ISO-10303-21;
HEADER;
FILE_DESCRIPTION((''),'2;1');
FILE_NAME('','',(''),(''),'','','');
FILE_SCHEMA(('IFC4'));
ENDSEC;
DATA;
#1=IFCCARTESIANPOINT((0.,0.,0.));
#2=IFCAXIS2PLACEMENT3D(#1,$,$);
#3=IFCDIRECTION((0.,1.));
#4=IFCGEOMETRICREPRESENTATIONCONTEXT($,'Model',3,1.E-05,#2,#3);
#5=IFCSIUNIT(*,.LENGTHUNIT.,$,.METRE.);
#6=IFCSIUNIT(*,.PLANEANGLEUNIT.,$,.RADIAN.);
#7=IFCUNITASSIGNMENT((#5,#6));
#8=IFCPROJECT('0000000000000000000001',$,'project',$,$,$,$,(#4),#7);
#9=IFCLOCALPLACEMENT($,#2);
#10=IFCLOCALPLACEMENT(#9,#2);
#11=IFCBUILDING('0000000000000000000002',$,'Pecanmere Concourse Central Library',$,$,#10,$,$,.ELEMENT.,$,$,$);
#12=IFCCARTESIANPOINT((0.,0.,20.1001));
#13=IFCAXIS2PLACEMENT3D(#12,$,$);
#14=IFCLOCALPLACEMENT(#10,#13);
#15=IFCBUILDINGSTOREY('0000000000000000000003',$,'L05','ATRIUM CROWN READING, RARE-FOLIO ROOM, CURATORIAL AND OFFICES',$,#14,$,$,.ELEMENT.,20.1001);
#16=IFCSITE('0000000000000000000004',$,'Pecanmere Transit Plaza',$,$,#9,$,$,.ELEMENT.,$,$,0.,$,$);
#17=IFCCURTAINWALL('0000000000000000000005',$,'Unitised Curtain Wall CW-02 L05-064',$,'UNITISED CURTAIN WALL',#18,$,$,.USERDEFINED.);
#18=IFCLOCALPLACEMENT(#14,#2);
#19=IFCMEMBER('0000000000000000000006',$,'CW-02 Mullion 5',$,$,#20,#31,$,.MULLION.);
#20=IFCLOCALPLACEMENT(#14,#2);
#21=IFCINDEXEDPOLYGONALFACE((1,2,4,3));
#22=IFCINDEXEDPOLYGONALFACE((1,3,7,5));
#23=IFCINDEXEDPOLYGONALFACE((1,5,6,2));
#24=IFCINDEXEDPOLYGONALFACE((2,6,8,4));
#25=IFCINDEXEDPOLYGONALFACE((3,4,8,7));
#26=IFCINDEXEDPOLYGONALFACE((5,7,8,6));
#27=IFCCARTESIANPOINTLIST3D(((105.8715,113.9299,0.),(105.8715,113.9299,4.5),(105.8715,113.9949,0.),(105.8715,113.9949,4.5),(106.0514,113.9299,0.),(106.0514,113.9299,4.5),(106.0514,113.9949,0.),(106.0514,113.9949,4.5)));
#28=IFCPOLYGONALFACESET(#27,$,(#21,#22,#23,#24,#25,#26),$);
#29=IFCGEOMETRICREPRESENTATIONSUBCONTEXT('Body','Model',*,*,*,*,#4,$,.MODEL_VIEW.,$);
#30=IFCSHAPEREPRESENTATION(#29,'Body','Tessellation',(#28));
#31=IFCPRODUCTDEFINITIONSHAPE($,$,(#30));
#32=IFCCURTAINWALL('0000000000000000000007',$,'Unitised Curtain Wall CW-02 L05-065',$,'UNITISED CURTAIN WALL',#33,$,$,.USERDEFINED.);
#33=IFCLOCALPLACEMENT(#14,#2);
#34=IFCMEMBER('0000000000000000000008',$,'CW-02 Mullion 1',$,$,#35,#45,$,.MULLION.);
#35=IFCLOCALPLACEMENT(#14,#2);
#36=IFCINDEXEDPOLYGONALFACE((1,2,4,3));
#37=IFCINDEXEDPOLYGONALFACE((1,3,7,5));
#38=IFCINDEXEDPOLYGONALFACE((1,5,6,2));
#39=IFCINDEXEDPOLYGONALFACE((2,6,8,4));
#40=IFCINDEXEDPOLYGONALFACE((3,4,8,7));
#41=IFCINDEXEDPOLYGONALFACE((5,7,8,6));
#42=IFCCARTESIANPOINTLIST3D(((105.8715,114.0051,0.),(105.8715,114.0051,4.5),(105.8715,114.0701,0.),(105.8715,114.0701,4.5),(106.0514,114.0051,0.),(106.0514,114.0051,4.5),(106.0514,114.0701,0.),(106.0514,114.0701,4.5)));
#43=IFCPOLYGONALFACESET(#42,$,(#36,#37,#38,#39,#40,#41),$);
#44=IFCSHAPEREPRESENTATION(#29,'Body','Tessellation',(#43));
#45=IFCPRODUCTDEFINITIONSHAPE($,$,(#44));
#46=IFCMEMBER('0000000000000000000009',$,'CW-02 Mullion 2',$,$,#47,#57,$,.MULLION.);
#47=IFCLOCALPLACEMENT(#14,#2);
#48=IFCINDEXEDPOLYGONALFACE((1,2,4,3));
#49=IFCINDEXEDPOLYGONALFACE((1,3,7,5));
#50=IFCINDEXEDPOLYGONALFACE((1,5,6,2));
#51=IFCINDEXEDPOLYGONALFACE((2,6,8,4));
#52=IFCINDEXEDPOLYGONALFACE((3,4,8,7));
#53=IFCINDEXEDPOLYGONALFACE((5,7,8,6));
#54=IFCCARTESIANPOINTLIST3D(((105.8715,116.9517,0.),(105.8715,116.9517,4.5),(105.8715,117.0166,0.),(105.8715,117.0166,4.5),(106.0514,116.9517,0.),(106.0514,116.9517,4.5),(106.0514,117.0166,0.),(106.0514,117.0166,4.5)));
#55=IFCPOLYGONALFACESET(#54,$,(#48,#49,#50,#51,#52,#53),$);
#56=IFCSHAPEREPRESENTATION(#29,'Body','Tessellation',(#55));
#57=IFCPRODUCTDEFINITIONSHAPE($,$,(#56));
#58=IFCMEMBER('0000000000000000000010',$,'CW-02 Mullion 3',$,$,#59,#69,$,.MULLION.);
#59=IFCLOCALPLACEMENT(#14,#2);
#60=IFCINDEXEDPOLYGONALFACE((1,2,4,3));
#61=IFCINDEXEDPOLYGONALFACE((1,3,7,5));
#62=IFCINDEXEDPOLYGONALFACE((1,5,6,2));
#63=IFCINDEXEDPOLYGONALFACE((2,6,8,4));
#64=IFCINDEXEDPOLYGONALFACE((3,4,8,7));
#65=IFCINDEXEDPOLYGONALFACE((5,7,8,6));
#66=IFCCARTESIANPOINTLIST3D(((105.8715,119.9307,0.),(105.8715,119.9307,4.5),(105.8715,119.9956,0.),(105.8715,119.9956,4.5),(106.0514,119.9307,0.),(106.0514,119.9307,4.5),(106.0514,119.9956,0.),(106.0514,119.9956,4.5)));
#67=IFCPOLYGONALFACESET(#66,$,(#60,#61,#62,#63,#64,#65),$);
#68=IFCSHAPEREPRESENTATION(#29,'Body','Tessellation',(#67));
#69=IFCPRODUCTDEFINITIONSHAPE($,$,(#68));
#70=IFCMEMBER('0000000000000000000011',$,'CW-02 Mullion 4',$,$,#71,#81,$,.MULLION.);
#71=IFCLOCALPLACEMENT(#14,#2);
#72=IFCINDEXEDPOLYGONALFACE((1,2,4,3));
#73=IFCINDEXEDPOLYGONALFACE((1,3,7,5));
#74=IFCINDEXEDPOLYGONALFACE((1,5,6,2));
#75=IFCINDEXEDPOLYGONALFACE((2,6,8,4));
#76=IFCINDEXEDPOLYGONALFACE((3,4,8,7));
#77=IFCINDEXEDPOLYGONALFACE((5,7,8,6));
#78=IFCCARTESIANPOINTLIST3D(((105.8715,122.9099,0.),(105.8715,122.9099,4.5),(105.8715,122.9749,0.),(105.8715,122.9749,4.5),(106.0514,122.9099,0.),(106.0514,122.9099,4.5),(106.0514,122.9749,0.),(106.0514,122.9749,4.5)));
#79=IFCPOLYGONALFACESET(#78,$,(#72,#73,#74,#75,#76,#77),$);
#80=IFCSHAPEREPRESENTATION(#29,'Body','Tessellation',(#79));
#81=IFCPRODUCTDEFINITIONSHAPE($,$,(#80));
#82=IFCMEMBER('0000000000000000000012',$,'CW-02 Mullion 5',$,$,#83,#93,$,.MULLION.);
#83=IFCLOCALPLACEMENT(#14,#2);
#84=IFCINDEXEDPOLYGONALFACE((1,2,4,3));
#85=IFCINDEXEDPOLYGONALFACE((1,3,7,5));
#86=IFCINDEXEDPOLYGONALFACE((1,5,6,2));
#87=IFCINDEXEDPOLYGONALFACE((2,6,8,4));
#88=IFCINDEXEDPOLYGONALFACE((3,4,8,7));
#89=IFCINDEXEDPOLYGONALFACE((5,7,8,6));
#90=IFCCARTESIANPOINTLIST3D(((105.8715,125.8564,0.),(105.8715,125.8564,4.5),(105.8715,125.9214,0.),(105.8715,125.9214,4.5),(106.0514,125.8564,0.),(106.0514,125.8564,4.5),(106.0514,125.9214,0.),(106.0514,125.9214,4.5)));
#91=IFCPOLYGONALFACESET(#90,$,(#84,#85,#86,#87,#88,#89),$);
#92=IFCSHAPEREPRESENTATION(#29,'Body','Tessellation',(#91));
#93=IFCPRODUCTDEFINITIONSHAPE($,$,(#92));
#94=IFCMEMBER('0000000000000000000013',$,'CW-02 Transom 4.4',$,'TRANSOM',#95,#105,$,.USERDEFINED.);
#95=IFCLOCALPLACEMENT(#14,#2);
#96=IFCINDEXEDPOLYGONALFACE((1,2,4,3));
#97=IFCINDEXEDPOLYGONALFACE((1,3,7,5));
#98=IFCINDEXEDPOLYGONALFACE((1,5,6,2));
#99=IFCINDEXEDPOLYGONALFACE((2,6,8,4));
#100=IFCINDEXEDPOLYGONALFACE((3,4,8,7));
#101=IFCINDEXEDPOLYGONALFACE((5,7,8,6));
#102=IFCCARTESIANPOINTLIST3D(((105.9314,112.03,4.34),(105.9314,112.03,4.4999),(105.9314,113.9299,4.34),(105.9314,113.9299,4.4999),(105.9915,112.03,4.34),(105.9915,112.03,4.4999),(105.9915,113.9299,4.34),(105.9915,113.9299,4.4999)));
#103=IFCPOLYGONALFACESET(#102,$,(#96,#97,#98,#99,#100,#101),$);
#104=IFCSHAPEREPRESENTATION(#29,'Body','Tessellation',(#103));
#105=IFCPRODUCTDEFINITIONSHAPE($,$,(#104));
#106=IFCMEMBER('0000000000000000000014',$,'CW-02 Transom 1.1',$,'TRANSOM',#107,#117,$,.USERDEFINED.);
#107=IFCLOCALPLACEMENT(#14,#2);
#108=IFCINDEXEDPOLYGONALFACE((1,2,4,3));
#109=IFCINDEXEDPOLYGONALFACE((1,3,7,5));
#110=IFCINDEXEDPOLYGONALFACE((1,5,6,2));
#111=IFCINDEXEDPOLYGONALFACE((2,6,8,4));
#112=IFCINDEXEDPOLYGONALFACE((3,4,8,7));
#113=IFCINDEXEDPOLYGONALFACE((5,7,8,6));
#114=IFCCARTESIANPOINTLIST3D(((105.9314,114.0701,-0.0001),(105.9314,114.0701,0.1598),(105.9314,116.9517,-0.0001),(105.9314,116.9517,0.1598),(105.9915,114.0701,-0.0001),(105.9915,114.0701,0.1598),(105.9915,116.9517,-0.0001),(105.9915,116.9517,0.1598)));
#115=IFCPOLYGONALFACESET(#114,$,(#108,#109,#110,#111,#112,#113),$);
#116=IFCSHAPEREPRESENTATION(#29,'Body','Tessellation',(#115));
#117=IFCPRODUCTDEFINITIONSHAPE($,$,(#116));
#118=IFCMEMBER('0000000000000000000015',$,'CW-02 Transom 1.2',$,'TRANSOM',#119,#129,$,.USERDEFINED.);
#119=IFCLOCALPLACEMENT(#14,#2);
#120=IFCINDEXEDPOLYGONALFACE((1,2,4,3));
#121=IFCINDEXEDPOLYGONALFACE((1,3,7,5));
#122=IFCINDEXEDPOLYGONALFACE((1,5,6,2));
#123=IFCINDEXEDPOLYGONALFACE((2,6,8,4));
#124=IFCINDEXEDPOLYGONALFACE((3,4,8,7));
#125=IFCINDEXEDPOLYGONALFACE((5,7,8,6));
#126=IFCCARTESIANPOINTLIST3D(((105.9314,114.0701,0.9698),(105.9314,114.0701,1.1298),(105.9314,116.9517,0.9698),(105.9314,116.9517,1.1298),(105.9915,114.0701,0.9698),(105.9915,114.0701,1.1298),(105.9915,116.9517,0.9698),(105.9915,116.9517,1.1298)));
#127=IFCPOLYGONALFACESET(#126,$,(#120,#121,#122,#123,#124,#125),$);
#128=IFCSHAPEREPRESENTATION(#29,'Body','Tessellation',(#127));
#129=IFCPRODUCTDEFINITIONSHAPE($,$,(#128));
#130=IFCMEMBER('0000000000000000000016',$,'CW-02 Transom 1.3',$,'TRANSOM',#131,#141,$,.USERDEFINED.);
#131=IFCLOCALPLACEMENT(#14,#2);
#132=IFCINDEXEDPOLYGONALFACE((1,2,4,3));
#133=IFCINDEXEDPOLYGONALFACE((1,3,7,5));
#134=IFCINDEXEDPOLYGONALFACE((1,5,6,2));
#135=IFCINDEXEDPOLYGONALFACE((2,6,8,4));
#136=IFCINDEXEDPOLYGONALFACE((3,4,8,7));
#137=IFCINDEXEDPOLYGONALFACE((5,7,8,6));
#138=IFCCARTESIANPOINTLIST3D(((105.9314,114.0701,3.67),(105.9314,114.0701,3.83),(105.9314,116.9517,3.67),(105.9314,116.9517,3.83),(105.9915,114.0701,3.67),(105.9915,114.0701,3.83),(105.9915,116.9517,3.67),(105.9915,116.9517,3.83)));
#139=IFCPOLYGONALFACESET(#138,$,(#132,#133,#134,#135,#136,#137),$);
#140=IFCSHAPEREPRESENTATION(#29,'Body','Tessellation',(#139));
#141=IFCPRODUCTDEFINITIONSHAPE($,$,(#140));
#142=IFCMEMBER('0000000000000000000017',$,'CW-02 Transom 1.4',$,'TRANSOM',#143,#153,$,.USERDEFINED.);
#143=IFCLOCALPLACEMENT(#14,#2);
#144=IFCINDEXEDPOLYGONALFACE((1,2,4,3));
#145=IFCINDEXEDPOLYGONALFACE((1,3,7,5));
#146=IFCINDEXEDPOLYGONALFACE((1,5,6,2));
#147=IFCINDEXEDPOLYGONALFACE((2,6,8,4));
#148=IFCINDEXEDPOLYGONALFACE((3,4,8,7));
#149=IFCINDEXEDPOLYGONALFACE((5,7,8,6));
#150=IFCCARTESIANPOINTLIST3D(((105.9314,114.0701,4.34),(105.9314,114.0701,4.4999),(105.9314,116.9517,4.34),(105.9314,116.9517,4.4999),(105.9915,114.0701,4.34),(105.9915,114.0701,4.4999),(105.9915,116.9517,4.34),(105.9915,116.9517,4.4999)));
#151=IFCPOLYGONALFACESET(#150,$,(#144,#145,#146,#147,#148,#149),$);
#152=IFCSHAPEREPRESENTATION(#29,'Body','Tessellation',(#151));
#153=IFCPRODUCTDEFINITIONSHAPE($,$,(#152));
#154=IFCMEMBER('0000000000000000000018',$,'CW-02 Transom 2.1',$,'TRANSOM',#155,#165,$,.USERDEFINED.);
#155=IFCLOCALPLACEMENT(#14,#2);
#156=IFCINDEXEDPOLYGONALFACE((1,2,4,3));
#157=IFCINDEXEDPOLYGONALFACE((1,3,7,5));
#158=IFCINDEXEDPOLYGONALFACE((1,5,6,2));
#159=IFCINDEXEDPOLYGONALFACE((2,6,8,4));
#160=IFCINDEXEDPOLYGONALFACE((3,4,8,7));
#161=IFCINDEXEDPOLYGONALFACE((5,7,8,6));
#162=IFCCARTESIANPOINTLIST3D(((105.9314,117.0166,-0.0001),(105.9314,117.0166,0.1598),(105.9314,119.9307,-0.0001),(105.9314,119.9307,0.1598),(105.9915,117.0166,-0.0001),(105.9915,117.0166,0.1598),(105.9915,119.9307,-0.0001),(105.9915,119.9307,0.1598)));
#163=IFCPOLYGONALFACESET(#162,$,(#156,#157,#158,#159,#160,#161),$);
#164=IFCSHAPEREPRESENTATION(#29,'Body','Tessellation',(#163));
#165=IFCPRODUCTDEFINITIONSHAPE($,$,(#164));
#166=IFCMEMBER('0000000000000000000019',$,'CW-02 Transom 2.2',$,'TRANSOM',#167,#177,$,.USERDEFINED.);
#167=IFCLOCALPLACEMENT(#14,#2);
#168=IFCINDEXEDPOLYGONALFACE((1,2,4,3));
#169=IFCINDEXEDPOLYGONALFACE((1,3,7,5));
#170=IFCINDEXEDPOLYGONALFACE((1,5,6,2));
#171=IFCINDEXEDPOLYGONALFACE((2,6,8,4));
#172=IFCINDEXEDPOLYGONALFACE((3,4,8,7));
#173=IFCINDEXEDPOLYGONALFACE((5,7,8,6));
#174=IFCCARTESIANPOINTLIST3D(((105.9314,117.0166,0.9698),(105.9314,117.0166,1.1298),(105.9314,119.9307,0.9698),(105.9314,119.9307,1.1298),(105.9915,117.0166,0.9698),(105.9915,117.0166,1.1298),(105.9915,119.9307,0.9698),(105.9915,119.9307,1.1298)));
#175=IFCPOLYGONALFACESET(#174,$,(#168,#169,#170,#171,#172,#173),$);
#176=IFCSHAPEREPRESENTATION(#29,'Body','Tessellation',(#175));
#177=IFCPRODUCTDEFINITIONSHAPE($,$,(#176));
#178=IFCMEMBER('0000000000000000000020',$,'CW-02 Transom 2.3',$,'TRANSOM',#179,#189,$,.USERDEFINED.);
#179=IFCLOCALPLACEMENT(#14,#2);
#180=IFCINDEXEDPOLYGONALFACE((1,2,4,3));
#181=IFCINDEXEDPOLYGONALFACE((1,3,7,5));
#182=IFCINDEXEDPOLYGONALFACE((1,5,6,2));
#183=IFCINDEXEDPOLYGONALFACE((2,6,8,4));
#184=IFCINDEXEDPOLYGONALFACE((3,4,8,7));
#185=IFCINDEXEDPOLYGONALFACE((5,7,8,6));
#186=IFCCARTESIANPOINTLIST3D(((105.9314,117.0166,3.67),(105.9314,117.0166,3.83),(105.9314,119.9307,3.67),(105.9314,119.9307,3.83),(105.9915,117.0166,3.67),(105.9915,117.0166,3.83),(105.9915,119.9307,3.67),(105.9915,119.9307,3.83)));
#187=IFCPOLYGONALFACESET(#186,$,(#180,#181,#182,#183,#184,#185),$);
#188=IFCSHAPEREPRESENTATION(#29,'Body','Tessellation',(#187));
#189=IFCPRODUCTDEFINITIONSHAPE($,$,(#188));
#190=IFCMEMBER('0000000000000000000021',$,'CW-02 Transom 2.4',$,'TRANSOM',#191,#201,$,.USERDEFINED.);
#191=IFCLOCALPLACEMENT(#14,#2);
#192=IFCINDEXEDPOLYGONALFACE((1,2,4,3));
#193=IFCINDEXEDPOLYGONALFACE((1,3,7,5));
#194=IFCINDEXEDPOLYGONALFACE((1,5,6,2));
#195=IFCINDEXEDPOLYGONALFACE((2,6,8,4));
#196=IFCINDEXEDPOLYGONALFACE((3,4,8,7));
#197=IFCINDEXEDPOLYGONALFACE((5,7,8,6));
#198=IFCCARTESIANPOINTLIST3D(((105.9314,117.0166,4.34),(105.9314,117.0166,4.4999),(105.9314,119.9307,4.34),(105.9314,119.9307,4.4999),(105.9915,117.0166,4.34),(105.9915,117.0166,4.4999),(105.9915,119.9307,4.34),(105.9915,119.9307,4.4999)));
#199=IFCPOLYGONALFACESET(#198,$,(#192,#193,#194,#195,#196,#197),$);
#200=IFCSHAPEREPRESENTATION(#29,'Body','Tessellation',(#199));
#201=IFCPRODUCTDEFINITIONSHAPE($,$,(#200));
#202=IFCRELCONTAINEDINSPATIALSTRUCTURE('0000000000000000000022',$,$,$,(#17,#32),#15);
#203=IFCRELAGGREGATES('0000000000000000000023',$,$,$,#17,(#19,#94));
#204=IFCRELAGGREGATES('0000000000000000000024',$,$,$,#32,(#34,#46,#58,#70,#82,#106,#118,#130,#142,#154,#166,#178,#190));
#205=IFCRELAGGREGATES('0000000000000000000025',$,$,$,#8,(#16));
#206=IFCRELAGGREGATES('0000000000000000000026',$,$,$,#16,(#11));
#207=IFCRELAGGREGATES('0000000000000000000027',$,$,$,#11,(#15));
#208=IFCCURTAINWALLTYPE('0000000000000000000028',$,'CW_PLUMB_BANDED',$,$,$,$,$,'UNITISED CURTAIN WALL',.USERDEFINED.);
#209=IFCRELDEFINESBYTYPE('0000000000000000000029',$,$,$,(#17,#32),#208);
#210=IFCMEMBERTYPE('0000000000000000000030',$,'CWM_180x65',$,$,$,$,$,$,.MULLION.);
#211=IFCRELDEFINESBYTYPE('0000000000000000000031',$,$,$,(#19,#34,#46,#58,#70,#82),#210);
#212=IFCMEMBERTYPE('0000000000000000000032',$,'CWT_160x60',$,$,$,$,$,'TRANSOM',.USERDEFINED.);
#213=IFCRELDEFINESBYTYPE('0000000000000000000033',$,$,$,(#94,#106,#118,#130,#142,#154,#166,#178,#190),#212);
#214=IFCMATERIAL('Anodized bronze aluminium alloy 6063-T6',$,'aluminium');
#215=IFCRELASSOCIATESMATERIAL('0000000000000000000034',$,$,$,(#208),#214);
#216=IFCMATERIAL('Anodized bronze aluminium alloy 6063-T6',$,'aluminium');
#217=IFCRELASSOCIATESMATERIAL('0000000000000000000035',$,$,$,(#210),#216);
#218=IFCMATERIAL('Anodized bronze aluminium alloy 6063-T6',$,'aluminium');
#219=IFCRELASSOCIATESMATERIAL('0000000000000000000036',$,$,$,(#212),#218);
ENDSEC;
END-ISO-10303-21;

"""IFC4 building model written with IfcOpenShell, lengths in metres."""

from ifc_helpers import new_model, si_unit, direction, frame, origin, origin_2d, place, context, subcontext, project, spatial, rectangle, extrude, material, material_profile, profile_set, type_object, element, aggregate, save


model = new_model("IFC4")

# Units and contexts
model_context = context("Model", 3, precision=1e-05, world=origin(), true_north=direction((0.0, 1.0)))
body_context = subcontext(model_context, "Body", "Model", "MODEL_VIEW")
ifc_project = project(units=[si_unit("LENGTHUNIT", "METRE"), si_unit("PLANEANGLEUNIT", "RADIAN")], contexts=[model_context])

# Site, building, storey
site_placement = place(None, origin())
site = spatial("IfcSite", under=ifc_project, at=site_placement, Name="Pecanmere Transit Plaza", CompositionType="ELEMENT", RefElevation=0.0)
building_placement = place(site_placement, origin())
building = spatial("IfcBuilding", under=site, at=building_placement, Name="Pecanmere Concourse Central Library", CompositionType="ELEMENT")
storey_placement = place(building_placement, frame((0.0, 0.0, 20.1001)))
storey = spatial("IfcBuildingStorey", under=building, at=storey_placement, Name="L05", Description="ATRIUM CROWN READING, RARE-FOLIO ROOM, CURATORIAL AND OFFICES", CompositionType="ELEMENT", Elevation=20.1001)

# Curtain wall, member
ifc_material_1 = material(Name="Anodized bronze aluminium alloy 6063-T6", Category="aluminium")
curtain_wall_type = type_object("IfcCurtainWallType", Name="CW_PLUMB_BANDED", ElementType="UNITISED CURTAIN WALL", PredefinedType="USERDEFINED", material=ifc_material_1)
curtain_wall_1_placement = place(storey_placement, origin())
curtain_wall_1 = element("IfcCurtainWall", 1, at=curtain_wall_1_placement, inside=storey, type_object=curtain_wall_type, Name="Unitised Curtain Wall CW-02 L05-064", ObjectType="UNITISED CURTAIN WALL", PredefinedType="USERDEFINED")
ifc_material_2 = material(Name="Anodized bronze aluminium alloy 6063-T6", Category="aluminium")
ifc_material_profile_1 = material_profile(ifc_material_2, rectangle(XDim=0.0649, YDim=0.1799, at=origin_2d()), Name="AL 65x180")
ifc_profile_set_1 = profile_set([ifc_material_profile_1], Name="Anodized bronze aluminium alloy 6063-T6")
member_type_1 = type_object("IfcMemberType", Name="CWM_180x65", PredefinedType="MULLION", material=ifc_profile_set_1)
member_1_placement = place(storey_placement, frame((105.9614, 113.9624, 0.0), z_axis=(0.0, 0.0, 1.0), x_axis=(0.0, 1.0, 0.0)))
member_1 = element("IfcMember", 2, at=member_1_placement, type_object=member_type_1, Name="CW-02 Mullion 5", PredefinedType="MULLION", context=body_context, shape_type="SweptSolid", body=[
    extrude(rectangle(XDim=0.0649, YDim=0.1799, at=origin_2d()), origin(), (0.0, 0.0, 1.0), 4.5),
])

# Curtain wall, members
curtain_wall_2_placement = place(storey_placement, origin())
curtain_wall_2 = element("IfcCurtainWall", 3, at=curtain_wall_2_placement, inside=storey, type_object=curtain_wall_type, Name="Unitised Curtain Wall CW-02 L05-065", ObjectType="UNITISED CURTAIN WALL", PredefinedType="USERDEFINED")
member_2_placement = place(storey_placement, frame((105.9614, 114.0376, 0.0), z_axis=(0.0, 0.0, 1.0), x_axis=(0.0, 1.0, 0.0)))
member_2 = element("IfcMember", 4, at=member_2_placement, type_object=member_type_1, Name="CW-02 Mullion 1", PredefinedType="MULLION", context=body_context, shape_type="SweptSolid", body=[
    extrude(rectangle(XDim=0.0649, YDim=0.1799, at=origin_2d()), origin(), (0.0, 0.0, 1.0), 4.5),
])
member_3_placement = place(storey_placement, frame((105.9614, 116.9841, 0.0), z_axis=(0.0, 0.0, 1.0), x_axis=(0.0, 1.0, 0.0)))
member_3 = element("IfcMember", 5, at=member_3_placement, type_object=member_type_1, Name="CW-02 Mullion 2", PredefinedType="MULLION", context=body_context, shape_type="SweptSolid", body=[
    extrude(rectangle(XDim=0.0649, YDim=0.1799, at=origin_2d()), origin(), (0.0, 0.0, 1.0), 4.5),
])
member_4_placement = place(storey_placement, frame((105.9614, 119.9631, 0.0), z_axis=(0.0, 0.0, 1.0), x_axis=(0.0, 1.0, 0.0)))
member_4 = element("IfcMember", 6, at=member_4_placement, type_object=member_type_1, Name="CW-02 Mullion 3", PredefinedType="MULLION", context=body_context, shape_type="SweptSolid", body=[
    extrude(rectangle(XDim=0.0649, YDim=0.1799, at=origin_2d()), origin(), (0.0, 0.0, 1.0), 4.5),
])
member_5_placement = place(storey_placement, frame((105.9614, 122.9424, 0.0), z_axis=(0.0, 0.0, 1.0), x_axis=(0.0, 1.0, 0.0)))
member_5 = element("IfcMember", 7, at=member_5_placement, type_object=member_type_1, Name="CW-02 Mullion 4", PredefinedType="MULLION", context=body_context, shape_type="SweptSolid", body=[
    extrude(rectangle(XDim=0.0649, YDim=0.1799, at=origin_2d()), origin(), (0.0, 0.0, 1.0), 4.5),
])
member_6_placement = place(storey_placement, frame((105.9614, 125.8889, 0.0), z_axis=(0.0, 0.0, 1.0), x_axis=(0.0, 1.0, 0.0)))
member_6 = element("IfcMember", 8, at=member_6_placement, type_object=member_type_1, Name="CW-02 Mullion 5", PredefinedType="MULLION", context=body_context, shape_type="SweptSolid", body=[
    extrude(rectangle(XDim=0.0649, YDim=0.1799, at=origin_2d()), origin(), (0.0, 0.0, 1.0), 4.5),
])

# Members
ifc_material_3 = material(Name="Anodized bronze aluminium alloy 6063-T6", Category="aluminium")
ifc_material_profile_2 = material_profile(ifc_material_3, rectangle(XDim=0.0601, YDim=0.1599, at=origin_2d()), Name="AL 60x160")
ifc_profile_set_2 = profile_set([ifc_material_profile_2], Name="Anodized bronze aluminium alloy 6063-T6")
member_type_2 = type_object("IfcMemberType", Name="CWT_160x60", ElementType="TRANSOM", PredefinedType="USERDEFINED", material=ifc_profile_set_2)
member_7_placement = place(storey_placement, frame((105.9614, 112.03, 4.4199), z_axis=(0.0, 1.0, 0.0), x_axis=(-1.0, 0.0, 0.0)))
member_7 = element("IfcMember", 9, at=member_7_placement, type_object=member_type_2, Name="CW-02 Transom 4.4", ObjectType="TRANSOM", PredefinedType="USERDEFINED", context=body_context, shape_type="SweptSolid", body=[
    extrude(rectangle(XDim=0.0601, YDim=0.1599, at=origin_2d()), origin(), (0.0, 0.0, 1.0), 1.8999),
])
member_8_placement = place(storey_placement, frame((105.9614, 114.0701, 0.0798), z_axis=(0.0, 1.0, 0.0), x_axis=(-1.0, 0.0, 0.0)))
member_8 = element("IfcMember", 10, at=member_8_placement, type_object=member_type_2, Name="CW-02 Transom 1.1", ObjectType="TRANSOM", PredefinedType="USERDEFINED", context=body_context, shape_type="SweptSolid", body=[
    extrude(rectangle(XDim=0.0601, YDim=0.1599, at=origin_2d()), origin(), (0.0, 0.0, 1.0), 2.8816),
])
member_9_placement = place(storey_placement, frame((105.9614, 114.0701, 1.0498), z_axis=(0.0, 1.0, 0.0), x_axis=(-1.0, 0.0, 0.0)))
member_9 = element("IfcMember", 11, at=member_9_placement, type_object=member_type_2, Name="CW-02 Transom 1.2", ObjectType="TRANSOM", PredefinedType="USERDEFINED", context=body_context, shape_type="SweptSolid", body=[
    extrude(rectangle(XDim=0.0601, YDim=0.1599, at=origin_2d()), origin(), (0.0, 0.0, 1.0), 2.8816),
])
member_10_placement = place(storey_placement, frame((105.9614, 114.0701, 3.75), z_axis=(0.0, 1.0, 0.0), x_axis=(-1.0, 0.0, 0.0)))
member_10 = element("IfcMember", 12, at=member_10_placement, type_object=member_type_2, Name="CW-02 Transom 1.3", ObjectType="TRANSOM", PredefinedType="USERDEFINED", context=body_context, shape_type="SweptSolid", body=[
    extrude(rectangle(XDim=0.0601, YDim=0.1599, at=origin_2d()), origin(), (0.0, 0.0, 1.0), 2.8816),
])
member_11_placement = place(storey_placement, frame((105.9614, 114.0701, 4.4199), z_axis=(0.0, 1.0, 0.0), x_axis=(-1.0, 0.0, 0.0)))
member_11 = element("IfcMember", 13, at=member_11_placement, type_object=member_type_2, Name="CW-02 Transom 1.4", ObjectType="TRANSOM", PredefinedType="USERDEFINED", context=body_context, shape_type="SweptSolid", body=[
    extrude(rectangle(XDim=0.0601, YDim=0.1599, at=origin_2d()), origin(), (0.0, 0.0, 1.0), 2.8816),
])
member_12_placement = place(storey_placement, frame((105.9614, 117.0166, 0.0798), z_axis=(0.0, 1.0, 0.0), x_axis=(-1.0, 0.0, 0.0)))
member_12 = element("IfcMember", 14, at=member_12_placement, type_object=member_type_2, Name="CW-02 Transom 2.1", ObjectType="TRANSOM", PredefinedType="USERDEFINED", context=body_context, shape_type="SweptSolid", body=[
    extrude(rectangle(XDim=0.0601, YDim=0.1599, at=origin_2d()), origin(), (0.0, 0.0, 1.0), 2.9141),
])
member_13_placement = place(storey_placement, frame((105.9614, 117.0166, 1.0498), z_axis=(0.0, 1.0, 0.0), x_axis=(-1.0, 0.0, 0.0)))
member_13 = element("IfcMember", 15, at=member_13_placement, type_object=member_type_2, Name="CW-02 Transom 2.2", ObjectType="TRANSOM", PredefinedType="USERDEFINED", context=body_context, shape_type="SweptSolid", body=[
    extrude(rectangle(XDim=0.0601, YDim=0.1599, at=origin_2d()), origin(), (0.0, 0.0, 1.0), 2.9141),
])
member_14_placement = place(storey_placement, frame((105.9614, 117.0166, 3.75), z_axis=(0.0, 1.0, 0.0), x_axis=(-1.0, 0.0, 0.0)))
member_14 = element("IfcMember", 16, at=member_14_placement, type_object=member_type_2, Name="CW-02 Transom 2.3", ObjectType="TRANSOM", PredefinedType="USERDEFINED", context=body_context, shape_type="SweptSolid", body=[
    extrude(rectangle(XDim=0.0601, YDim=0.1599, at=origin_2d()), origin(), (0.0, 0.0, 1.0), 2.9141),
])
member_15_placement = place(storey_placement, frame((105.9614, 117.0166, 4.4199), z_axis=(0.0, 1.0, 0.0), x_axis=(-1.0, 0.0, 0.0)))
member_15 = element("IfcMember", 17, at=member_15_placement, type_object=member_type_2, Name="CW-02 Transom 2.4", ObjectType="TRANSOM", PredefinedType="USERDEFINED", context=body_context, shape_type="SweptSolid", body=[
    extrude(rectangle(XDim=0.0601, YDim=0.1599, at=origin_2d()), origin(), (0.0, 0.0, 1.0), 2.9141),
])

aggregate(curtain_wall_1, [member_1, member_7])
aggregate(curtain_wall_2, [member_2, member_3, member_4, member_5, member_6, member_8, member_9, member_10, member_11, member_12, member_13, member_14, member_15])

save(model, "model.ifc")
